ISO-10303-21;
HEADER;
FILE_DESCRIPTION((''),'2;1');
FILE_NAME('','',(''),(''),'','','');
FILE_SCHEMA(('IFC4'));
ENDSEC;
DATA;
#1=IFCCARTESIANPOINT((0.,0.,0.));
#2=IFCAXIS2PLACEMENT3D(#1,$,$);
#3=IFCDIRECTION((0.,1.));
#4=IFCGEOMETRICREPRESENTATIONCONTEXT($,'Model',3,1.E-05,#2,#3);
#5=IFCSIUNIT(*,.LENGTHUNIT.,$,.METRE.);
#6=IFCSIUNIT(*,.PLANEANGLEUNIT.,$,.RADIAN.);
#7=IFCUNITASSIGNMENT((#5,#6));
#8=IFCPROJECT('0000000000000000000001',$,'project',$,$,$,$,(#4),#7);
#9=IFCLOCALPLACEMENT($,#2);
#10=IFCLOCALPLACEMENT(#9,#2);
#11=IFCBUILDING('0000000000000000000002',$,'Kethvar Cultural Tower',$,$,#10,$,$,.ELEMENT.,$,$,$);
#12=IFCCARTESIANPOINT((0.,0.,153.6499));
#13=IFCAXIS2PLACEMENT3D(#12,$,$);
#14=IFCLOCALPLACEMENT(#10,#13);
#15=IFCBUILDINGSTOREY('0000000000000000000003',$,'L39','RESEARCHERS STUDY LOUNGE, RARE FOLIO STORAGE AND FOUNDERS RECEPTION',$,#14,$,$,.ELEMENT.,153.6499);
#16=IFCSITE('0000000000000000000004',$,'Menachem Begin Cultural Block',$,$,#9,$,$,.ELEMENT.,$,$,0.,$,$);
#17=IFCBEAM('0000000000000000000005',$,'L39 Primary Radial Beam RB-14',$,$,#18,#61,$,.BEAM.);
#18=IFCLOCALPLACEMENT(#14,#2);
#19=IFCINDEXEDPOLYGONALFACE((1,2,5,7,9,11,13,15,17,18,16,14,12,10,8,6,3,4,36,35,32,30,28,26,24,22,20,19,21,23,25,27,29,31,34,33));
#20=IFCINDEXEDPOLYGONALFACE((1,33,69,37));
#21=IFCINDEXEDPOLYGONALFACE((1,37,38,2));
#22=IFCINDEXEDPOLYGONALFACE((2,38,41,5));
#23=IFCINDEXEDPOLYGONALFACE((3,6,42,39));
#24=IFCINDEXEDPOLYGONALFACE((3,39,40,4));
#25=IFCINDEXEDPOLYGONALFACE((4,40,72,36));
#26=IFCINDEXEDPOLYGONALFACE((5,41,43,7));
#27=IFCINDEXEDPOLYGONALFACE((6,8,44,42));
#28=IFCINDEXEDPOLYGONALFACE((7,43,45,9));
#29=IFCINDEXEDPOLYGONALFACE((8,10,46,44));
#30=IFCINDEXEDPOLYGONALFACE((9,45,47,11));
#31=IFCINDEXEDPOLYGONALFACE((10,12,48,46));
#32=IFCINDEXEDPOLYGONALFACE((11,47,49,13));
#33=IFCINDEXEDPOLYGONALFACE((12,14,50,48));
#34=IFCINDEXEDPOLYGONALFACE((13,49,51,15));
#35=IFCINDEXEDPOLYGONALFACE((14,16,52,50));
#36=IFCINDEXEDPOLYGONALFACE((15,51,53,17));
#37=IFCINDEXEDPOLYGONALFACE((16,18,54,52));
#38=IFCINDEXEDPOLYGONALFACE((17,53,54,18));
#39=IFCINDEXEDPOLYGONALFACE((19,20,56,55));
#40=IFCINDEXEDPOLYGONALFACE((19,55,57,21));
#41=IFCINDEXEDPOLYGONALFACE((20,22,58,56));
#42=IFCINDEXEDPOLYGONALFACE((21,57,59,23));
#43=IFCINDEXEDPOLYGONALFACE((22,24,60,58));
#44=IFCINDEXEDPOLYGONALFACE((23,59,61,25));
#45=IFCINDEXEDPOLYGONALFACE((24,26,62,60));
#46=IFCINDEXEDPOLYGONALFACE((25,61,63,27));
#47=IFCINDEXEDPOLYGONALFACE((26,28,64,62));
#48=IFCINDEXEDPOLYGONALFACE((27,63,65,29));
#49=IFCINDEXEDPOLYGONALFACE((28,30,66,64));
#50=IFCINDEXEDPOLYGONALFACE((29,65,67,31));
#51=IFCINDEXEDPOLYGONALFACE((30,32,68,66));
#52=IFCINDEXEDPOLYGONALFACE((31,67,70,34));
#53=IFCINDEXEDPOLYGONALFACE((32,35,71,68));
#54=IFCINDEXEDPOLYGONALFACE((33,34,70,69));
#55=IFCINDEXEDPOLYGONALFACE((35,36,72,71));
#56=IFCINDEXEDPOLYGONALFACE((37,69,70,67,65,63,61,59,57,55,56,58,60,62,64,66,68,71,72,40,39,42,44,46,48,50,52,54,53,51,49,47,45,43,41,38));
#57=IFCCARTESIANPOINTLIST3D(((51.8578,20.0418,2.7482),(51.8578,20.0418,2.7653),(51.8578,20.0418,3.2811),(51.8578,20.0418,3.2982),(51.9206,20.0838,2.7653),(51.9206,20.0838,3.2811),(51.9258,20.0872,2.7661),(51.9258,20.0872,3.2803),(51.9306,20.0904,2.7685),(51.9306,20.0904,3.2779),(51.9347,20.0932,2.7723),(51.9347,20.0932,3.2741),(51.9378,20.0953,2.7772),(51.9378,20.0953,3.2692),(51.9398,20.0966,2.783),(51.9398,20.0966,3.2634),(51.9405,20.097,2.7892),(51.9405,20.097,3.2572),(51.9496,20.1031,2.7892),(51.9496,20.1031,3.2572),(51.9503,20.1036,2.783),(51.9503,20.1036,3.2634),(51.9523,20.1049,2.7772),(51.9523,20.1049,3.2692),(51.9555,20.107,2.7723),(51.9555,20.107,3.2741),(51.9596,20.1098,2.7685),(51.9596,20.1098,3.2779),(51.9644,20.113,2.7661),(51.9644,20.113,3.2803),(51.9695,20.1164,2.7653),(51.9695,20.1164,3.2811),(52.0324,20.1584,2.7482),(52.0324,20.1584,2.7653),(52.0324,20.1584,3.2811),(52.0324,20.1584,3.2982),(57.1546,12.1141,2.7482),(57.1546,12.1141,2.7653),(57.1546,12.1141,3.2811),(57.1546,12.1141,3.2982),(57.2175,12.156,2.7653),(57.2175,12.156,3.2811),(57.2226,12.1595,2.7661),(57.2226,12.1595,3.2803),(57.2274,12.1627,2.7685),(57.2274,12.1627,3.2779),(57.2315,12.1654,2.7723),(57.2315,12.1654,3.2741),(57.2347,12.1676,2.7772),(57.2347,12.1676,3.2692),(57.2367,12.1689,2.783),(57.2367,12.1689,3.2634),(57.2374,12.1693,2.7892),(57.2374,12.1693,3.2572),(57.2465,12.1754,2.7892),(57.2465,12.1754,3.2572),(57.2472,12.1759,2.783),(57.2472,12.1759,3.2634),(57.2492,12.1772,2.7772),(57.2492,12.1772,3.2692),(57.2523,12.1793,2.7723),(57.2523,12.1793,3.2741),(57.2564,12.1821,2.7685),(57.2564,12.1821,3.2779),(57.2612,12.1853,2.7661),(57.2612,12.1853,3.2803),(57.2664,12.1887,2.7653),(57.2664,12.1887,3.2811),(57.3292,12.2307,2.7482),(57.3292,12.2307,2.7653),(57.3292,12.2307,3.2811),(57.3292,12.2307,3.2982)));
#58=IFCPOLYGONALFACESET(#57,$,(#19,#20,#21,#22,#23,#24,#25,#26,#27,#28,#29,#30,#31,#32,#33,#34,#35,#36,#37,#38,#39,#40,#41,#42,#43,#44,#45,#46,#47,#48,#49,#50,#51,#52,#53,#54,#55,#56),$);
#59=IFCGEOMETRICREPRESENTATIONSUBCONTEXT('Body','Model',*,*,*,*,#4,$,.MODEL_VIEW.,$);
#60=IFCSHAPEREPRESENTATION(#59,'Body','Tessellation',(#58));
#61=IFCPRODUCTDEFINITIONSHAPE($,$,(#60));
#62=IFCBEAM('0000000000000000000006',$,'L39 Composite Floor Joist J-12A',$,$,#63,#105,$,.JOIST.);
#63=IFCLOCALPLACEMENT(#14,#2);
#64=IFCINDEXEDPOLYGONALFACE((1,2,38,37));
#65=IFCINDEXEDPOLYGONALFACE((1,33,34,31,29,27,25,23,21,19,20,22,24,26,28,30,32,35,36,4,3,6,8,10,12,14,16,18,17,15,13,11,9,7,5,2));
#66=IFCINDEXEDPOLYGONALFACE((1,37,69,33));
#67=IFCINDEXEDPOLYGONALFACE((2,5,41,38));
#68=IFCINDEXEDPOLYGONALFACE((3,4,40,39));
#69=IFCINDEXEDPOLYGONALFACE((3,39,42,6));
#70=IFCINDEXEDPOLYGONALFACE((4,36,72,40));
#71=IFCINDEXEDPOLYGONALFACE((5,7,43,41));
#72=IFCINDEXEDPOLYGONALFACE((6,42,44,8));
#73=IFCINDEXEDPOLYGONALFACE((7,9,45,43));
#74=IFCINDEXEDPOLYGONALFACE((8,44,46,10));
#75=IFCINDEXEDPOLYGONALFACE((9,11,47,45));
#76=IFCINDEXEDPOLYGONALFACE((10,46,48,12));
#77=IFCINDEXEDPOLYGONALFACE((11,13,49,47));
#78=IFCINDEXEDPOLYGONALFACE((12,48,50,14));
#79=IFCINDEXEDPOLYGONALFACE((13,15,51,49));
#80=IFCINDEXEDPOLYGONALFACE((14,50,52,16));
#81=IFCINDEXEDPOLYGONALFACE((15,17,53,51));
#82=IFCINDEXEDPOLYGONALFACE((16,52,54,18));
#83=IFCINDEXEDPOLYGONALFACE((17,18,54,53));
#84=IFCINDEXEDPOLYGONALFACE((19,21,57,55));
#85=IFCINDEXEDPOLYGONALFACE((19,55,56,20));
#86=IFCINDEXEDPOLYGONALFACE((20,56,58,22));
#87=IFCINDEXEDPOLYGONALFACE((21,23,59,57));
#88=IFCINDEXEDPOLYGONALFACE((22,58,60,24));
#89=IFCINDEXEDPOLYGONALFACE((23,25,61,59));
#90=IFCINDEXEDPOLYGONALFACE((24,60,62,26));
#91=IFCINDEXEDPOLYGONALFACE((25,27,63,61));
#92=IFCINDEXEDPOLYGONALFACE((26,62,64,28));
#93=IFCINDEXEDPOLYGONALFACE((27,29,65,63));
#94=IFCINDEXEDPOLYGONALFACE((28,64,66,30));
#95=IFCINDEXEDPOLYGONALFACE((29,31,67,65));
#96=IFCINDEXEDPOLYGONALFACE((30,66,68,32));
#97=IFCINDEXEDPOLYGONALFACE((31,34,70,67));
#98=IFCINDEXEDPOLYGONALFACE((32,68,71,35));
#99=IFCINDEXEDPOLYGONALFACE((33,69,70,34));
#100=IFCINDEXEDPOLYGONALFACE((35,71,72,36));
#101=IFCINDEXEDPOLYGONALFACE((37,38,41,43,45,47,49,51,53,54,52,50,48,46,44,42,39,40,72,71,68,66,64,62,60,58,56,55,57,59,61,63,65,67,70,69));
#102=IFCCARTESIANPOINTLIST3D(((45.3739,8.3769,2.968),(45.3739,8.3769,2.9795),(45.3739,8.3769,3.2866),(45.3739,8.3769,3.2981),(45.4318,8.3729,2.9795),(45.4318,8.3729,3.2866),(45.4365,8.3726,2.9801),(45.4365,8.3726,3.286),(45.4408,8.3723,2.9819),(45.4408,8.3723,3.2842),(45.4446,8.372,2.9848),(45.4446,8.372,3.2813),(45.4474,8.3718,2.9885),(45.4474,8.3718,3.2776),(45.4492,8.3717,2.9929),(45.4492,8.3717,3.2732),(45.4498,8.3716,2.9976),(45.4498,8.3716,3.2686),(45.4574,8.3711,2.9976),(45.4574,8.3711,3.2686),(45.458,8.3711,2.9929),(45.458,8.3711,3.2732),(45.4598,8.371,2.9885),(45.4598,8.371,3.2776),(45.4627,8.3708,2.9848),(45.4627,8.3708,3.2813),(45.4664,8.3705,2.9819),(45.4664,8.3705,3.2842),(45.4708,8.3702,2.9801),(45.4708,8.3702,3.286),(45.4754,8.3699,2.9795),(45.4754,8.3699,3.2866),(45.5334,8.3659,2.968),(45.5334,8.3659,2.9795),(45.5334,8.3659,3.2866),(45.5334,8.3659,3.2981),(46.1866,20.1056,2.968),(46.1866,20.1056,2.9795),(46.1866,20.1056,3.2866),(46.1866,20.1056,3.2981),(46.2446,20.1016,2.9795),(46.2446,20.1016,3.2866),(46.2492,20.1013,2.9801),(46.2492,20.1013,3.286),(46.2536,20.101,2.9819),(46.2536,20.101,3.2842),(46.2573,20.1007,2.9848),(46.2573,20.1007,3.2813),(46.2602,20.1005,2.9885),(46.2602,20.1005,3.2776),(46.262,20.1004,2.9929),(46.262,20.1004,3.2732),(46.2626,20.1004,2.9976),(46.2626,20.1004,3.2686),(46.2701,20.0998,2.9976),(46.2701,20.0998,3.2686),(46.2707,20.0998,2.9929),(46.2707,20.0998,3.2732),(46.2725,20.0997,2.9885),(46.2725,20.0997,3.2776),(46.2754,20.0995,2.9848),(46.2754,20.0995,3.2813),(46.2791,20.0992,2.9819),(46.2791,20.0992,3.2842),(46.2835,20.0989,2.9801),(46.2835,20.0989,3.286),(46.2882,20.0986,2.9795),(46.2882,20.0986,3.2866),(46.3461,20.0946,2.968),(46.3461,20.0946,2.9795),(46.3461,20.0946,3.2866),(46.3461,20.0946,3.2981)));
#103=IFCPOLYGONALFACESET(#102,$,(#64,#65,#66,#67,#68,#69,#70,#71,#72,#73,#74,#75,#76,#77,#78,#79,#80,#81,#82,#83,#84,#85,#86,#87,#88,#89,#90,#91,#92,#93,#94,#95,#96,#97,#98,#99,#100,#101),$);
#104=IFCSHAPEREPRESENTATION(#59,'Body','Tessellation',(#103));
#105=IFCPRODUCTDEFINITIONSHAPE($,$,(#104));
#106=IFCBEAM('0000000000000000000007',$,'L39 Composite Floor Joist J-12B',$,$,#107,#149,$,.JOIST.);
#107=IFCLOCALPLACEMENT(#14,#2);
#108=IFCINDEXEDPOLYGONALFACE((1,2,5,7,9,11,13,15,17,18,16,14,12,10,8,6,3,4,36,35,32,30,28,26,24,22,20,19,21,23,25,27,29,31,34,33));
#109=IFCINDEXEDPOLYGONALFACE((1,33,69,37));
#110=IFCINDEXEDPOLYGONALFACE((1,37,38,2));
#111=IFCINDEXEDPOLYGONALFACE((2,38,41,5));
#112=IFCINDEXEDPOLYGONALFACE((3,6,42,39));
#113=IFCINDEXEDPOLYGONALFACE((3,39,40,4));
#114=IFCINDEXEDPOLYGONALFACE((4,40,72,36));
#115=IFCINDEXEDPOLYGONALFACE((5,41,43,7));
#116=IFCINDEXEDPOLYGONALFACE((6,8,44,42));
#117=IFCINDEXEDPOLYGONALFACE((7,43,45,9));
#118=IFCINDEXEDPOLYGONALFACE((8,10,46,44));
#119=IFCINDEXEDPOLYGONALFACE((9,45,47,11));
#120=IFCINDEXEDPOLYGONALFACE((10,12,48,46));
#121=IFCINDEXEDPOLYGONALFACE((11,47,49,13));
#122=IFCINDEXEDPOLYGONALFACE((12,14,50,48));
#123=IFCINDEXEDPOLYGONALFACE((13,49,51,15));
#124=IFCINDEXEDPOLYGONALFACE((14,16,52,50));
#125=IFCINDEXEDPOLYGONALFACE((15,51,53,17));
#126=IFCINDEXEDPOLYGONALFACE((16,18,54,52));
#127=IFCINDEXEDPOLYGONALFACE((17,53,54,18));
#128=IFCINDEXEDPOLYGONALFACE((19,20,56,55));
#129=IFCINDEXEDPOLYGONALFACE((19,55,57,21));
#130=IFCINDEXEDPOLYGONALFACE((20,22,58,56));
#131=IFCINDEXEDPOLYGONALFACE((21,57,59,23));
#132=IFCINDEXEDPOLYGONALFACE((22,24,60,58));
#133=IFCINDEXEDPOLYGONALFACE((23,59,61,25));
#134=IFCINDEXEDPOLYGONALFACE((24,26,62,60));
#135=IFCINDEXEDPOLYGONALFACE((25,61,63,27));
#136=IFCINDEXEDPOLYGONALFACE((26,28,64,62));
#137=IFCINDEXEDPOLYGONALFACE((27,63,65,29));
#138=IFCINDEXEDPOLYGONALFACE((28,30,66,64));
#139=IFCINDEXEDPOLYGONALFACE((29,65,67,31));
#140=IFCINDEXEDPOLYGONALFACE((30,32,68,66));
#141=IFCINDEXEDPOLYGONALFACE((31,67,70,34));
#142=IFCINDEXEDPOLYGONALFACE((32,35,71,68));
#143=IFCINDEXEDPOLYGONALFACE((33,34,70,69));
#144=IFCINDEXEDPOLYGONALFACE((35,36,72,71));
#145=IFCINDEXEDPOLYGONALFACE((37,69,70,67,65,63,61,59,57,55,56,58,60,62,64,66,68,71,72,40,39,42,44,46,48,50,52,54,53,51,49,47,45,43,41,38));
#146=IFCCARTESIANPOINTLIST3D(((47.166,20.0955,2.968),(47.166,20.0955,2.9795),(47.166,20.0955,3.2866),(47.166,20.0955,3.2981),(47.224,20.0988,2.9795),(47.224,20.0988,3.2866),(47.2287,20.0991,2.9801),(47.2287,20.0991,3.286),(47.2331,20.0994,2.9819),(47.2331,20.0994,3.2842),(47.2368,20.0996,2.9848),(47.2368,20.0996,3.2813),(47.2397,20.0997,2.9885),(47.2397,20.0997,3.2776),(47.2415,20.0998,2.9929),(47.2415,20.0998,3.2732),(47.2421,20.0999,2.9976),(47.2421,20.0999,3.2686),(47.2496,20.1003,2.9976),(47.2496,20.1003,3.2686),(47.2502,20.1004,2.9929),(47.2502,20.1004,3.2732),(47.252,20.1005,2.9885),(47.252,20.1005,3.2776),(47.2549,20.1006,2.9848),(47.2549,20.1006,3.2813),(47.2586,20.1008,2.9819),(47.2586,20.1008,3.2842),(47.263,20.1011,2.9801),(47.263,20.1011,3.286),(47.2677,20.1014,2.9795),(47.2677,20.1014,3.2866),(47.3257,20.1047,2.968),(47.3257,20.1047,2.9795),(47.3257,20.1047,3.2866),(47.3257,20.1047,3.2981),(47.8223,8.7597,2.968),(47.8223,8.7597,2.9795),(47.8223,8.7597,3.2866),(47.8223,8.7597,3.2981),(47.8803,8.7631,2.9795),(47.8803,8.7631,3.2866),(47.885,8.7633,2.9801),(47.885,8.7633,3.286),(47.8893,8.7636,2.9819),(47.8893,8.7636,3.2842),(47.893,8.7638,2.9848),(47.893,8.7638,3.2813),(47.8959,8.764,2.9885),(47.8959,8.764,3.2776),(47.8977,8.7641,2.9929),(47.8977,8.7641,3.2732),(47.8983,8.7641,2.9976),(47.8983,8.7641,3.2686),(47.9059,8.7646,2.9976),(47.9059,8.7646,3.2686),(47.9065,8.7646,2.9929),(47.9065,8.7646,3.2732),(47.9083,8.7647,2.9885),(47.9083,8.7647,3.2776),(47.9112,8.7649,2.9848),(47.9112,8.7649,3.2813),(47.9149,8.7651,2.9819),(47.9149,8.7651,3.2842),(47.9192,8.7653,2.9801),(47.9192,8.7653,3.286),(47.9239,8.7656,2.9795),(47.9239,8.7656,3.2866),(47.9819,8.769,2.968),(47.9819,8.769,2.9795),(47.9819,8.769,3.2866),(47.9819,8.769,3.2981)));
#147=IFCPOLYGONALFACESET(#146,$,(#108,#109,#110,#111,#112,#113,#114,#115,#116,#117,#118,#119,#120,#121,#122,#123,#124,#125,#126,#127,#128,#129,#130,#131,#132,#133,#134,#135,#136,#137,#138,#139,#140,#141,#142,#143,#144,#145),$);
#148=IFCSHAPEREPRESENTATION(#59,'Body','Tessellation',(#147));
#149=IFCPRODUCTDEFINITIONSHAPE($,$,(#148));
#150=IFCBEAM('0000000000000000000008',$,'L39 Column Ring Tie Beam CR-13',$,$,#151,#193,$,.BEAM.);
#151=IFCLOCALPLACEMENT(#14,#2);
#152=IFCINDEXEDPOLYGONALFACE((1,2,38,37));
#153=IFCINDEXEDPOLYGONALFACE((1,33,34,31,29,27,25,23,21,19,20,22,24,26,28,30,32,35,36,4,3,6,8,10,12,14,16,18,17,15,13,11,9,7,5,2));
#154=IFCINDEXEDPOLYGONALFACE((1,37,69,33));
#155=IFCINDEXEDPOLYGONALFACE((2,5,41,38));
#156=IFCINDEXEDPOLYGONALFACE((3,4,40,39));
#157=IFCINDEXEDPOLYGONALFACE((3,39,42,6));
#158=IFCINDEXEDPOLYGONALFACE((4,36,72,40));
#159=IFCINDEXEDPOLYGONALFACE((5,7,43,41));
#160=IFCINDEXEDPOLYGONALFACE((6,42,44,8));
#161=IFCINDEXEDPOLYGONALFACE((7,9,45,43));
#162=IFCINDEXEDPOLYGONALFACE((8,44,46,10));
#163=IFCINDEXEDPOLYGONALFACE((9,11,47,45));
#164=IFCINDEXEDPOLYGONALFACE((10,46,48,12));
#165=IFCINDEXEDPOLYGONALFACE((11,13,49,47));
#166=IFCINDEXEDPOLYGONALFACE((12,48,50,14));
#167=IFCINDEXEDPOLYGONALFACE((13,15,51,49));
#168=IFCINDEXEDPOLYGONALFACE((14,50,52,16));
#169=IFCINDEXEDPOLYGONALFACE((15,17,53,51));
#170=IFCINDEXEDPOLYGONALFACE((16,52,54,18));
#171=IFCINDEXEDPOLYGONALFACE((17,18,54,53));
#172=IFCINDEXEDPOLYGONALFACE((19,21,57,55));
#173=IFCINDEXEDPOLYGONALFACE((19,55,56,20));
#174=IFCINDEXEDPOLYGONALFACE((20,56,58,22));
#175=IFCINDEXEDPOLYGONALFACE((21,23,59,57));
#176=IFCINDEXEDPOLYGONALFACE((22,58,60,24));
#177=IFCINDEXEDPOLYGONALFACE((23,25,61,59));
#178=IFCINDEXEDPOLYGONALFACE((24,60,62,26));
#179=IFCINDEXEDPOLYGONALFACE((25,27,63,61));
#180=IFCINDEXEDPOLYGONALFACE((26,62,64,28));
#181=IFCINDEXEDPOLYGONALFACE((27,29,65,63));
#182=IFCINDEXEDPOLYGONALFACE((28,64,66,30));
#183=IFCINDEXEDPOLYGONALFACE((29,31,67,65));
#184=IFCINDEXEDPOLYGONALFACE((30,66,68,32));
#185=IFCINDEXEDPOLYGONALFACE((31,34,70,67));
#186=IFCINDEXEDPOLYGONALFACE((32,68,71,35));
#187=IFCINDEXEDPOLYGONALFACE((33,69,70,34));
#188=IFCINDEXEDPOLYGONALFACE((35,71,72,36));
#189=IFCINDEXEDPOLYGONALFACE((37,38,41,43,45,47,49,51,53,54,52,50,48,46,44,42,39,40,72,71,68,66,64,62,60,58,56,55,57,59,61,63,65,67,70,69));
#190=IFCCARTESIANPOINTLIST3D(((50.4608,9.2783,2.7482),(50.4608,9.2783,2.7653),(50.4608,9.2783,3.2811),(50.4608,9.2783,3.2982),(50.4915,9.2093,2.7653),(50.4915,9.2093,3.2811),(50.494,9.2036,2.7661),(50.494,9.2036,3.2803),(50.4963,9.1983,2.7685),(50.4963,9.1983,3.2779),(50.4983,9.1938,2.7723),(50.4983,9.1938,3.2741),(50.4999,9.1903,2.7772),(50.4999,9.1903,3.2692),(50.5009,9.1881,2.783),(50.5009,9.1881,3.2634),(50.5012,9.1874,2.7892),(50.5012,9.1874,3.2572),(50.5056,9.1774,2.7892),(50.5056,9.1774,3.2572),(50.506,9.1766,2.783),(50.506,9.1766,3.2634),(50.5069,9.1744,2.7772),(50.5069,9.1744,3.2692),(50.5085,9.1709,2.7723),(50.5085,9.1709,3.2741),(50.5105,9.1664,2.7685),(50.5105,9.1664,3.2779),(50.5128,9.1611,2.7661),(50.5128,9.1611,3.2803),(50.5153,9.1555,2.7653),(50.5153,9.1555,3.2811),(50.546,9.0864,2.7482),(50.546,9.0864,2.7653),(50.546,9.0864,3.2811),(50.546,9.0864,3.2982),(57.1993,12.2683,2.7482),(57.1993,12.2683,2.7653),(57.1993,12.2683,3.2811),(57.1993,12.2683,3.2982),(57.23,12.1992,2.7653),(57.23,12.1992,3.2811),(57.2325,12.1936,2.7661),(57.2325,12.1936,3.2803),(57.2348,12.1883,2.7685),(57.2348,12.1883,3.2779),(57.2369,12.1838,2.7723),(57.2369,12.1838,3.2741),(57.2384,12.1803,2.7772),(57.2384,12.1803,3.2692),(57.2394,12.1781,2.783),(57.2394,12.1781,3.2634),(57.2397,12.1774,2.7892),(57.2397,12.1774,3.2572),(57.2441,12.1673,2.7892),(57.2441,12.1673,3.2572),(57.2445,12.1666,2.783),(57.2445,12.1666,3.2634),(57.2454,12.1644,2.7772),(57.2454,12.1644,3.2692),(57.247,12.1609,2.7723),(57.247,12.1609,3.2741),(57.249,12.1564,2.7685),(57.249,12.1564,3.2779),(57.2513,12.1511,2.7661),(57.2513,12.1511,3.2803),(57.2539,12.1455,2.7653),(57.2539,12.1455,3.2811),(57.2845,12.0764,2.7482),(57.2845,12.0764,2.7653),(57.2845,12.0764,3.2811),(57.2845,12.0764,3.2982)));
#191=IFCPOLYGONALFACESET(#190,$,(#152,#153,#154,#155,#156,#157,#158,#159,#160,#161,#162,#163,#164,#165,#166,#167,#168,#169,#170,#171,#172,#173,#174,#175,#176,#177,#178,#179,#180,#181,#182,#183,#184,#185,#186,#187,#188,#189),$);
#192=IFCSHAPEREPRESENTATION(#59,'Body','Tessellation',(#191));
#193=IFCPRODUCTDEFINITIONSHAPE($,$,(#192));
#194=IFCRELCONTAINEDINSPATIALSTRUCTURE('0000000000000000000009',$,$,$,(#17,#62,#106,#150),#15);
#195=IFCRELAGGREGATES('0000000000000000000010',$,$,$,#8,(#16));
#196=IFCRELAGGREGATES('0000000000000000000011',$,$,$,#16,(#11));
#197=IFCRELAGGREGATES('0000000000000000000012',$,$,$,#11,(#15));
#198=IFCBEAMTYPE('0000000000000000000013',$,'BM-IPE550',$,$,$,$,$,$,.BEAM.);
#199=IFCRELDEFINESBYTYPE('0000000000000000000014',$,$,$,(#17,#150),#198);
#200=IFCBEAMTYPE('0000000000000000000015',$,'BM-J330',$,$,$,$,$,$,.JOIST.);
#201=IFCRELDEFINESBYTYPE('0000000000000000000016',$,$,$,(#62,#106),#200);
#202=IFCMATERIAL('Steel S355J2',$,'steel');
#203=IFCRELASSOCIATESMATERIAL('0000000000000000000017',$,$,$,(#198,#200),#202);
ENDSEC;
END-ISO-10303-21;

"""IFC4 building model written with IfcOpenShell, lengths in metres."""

from ifc_helpers import new_model, si_unit, direction, frame, origin, origin_2d, place, context, subcontext, project, spatial, i_section, extrude, source, transform, mapped, material, material_profile, profile_set, type_object, element, save


model = new_model("IFC4")

# Units and contexts
model_context = context("Model", 3, precision=1e-05, world=origin(), true_north=direction((0.0, 1.0)))
body_context = subcontext(model_context, "Body", "Model", "MODEL_VIEW")
ifc_project = project(units=[si_unit("LENGTHUNIT", "METRE"), si_unit("PLANEANGLEUNIT", "RADIAN")], contexts=[model_context])

# Site, building, storey
site_placement = place(None, origin())
site = spatial("IfcSite", under=ifc_project, at=site_placement, Name="Menachem Begin Cultural Block", CompositionType="ELEMENT", RefElevation=0.0)
building_placement = place(site_placement, origin())
building = spatial("IfcBuilding", under=site, at=building_placement, Name="Kethvar Cultural Tower", CompositionType="ELEMENT")
storey_placement = place(building_placement, frame((0.0, 0.0, 153.6499)))
storey = spatial("IfcBuildingStorey", under=building, at=storey_placement, Name="L39", Description="RESEARCHERS STUDY LOUNGE, RARE FOLIO STORAGE AND FOUNDERS RECEPTION", CompositionType="ELEMENT", Elevation=153.6499)

# Beams
ifc_material_1 = material(Name="Steel S355J2", Category="steel")
ifc_material_profile_1 = material_profile(ifc_material_1, i_section(OverallWidth=0.21, OverallDepth=0.55, WebThickness=0.011, FlangeThickness=0.0171, FilletRadius=0.0239, at=origin_2d()), Name="Steel S355J2 — IPE550")
ifc_profile_set_1 = profile_set([ifc_material_profile_1], Name="Steel S355J2 — IPE550")
beam_type_1 = type_object("IfcBeamType", Name="BM-IPE550", PredefinedType="BEAM", material=ifc_profile_set_1)
shared_shape_1 = source(origin(), body_context, "Body", "SweptSolid", [
    extrude(i_section(OverallWidth=0.21, OverallDepth=0.55, WebThickness=0.011, FlangeThickness=0.0171, FilletRadius=0.0239, at=origin_2d()), origin(), (0.0, 0.0, 1.0), 9.5344),
])
beam_1_placement = place(storey_placement, frame((51.9451, 20.1001, 3.0232), z_axis=(0.555551, -0.831483, 0.0), x_axis=(0.831483, 0.555551, 0.0)))
element("IfcBeam", 1, at=beam_1_placement, inside=storey, type_object=beam_type_1, Name="L39 Primary Radial Beam RB-14", PredefinedType="BEAM", context=body_context, shape_type="MappedRepresentation", body=[
    mapped(shared_shape_1, transform((0.0, 0.0, 0.0), scale=1.0)),
])
ifc_material_profile_2 = material_profile(ifc_material_1, i_section(OverallWidth=0.1599, OverallDepth=0.3301, WebThickness=0.0076, FlangeThickness=0.0115, FilletRadius=0.0181, at=origin_2d()), Name="Steel S355J2 — IPE330")
ifc_profile_set_2 = profile_set([ifc_material_profile_2], Name="Steel S355J2 — IPE330")
beam_type_2 = type_object("IfcBeamType", Name="BM-J330", PredefinedType="JOIST", material=ifc_profile_set_2)
shared_shape_2 = source(origin(), body_context, "Body", "SweptSolid", [
    extrude(i_section(OverallWidth=0.1599, OverallDepth=0.3301, WebThickness=0.0076, FlangeThickness=0.0115, FilletRadius=0.0181, at=origin_2d()), origin(), (0.0, 0.0, 1.0), 11.7568),
])
beam_2_placement = place(storey_placement, frame((46.2664, 20.1001, 3.1331), z_axis=(-0.069129, -0.997608, 0.0), x_axis=(0.997608, -0.069129, 0.0)))
element("IfcBeam", 2, at=beam_2_placement, inside=storey, type_object=beam_type_2, Name="L39 Composite Floor Joist J-12A", PredefinedType="JOIST", context=body_context, shape_type="MappedRepresentation", body=[
    mapped(shared_shape_2, transform((0.0, 0.0, 0.0), scale=1.0)),
])
shared_shape_3 = source(origin(), body_context, "Body", "SweptSolid", [
    extrude(i_section(OverallWidth=0.1599, OverallDepth=0.3301, WebThickness=0.0076, FlangeThickness=0.0115, FilletRadius=0.0181, at=origin_2d()), origin(), (0.0, 0.0, 1.0), 11.3547),
])
beam_3_placement = place(storey_placement, frame((47.2458, 20.1001, 3.1331), z_axis=(0.057796, -0.998328, 0.0), x_axis=(0.998328, 0.057796, 0.0)))
element("IfcBeam", 3, at=beam_3_placement, inside=storey, type_object=beam_type_2, Name="L39 Composite Floor Joist J-12B", PredefinedType="JOIST", context=body_context, shape_type="MappedRepresentation", body=[
    mapped(shared_shape_3, transform((0.0, 0.0, 0.0), scale=1.0)),
])
shared_shape_4 = source(origin(), body_context, "Body", "SweptSolid", [
    extrude(i_section(OverallWidth=0.21, OverallDepth=0.55, WebThickness=0.011, FlangeThickness=0.0171, FilletRadius=0.0239, at=origin_2d()), origin(), (0.0, 0.0, 1.0), 7.3721),
])
beam_4_placement = place(storey_placement, frame((50.5034, 9.1824, 3.0232), z_axis=(0.914059, 0.405582, 0.0), x_axis=(-0.405582, 0.914059, 0.0)))
element("IfcBeam", 4, at=beam_4_placement, inside=storey, type_object=beam_type_1, Name="L39 Column Ring Tie Beam CR-13", PredefinedType="BEAM", context=body_context, shape_type="MappedRepresentation", body=[
    mapped(shared_shape_4, transform((0.0, 0.0, 0.0), scale=1.0)),
])

save(model, "model.ifc")
